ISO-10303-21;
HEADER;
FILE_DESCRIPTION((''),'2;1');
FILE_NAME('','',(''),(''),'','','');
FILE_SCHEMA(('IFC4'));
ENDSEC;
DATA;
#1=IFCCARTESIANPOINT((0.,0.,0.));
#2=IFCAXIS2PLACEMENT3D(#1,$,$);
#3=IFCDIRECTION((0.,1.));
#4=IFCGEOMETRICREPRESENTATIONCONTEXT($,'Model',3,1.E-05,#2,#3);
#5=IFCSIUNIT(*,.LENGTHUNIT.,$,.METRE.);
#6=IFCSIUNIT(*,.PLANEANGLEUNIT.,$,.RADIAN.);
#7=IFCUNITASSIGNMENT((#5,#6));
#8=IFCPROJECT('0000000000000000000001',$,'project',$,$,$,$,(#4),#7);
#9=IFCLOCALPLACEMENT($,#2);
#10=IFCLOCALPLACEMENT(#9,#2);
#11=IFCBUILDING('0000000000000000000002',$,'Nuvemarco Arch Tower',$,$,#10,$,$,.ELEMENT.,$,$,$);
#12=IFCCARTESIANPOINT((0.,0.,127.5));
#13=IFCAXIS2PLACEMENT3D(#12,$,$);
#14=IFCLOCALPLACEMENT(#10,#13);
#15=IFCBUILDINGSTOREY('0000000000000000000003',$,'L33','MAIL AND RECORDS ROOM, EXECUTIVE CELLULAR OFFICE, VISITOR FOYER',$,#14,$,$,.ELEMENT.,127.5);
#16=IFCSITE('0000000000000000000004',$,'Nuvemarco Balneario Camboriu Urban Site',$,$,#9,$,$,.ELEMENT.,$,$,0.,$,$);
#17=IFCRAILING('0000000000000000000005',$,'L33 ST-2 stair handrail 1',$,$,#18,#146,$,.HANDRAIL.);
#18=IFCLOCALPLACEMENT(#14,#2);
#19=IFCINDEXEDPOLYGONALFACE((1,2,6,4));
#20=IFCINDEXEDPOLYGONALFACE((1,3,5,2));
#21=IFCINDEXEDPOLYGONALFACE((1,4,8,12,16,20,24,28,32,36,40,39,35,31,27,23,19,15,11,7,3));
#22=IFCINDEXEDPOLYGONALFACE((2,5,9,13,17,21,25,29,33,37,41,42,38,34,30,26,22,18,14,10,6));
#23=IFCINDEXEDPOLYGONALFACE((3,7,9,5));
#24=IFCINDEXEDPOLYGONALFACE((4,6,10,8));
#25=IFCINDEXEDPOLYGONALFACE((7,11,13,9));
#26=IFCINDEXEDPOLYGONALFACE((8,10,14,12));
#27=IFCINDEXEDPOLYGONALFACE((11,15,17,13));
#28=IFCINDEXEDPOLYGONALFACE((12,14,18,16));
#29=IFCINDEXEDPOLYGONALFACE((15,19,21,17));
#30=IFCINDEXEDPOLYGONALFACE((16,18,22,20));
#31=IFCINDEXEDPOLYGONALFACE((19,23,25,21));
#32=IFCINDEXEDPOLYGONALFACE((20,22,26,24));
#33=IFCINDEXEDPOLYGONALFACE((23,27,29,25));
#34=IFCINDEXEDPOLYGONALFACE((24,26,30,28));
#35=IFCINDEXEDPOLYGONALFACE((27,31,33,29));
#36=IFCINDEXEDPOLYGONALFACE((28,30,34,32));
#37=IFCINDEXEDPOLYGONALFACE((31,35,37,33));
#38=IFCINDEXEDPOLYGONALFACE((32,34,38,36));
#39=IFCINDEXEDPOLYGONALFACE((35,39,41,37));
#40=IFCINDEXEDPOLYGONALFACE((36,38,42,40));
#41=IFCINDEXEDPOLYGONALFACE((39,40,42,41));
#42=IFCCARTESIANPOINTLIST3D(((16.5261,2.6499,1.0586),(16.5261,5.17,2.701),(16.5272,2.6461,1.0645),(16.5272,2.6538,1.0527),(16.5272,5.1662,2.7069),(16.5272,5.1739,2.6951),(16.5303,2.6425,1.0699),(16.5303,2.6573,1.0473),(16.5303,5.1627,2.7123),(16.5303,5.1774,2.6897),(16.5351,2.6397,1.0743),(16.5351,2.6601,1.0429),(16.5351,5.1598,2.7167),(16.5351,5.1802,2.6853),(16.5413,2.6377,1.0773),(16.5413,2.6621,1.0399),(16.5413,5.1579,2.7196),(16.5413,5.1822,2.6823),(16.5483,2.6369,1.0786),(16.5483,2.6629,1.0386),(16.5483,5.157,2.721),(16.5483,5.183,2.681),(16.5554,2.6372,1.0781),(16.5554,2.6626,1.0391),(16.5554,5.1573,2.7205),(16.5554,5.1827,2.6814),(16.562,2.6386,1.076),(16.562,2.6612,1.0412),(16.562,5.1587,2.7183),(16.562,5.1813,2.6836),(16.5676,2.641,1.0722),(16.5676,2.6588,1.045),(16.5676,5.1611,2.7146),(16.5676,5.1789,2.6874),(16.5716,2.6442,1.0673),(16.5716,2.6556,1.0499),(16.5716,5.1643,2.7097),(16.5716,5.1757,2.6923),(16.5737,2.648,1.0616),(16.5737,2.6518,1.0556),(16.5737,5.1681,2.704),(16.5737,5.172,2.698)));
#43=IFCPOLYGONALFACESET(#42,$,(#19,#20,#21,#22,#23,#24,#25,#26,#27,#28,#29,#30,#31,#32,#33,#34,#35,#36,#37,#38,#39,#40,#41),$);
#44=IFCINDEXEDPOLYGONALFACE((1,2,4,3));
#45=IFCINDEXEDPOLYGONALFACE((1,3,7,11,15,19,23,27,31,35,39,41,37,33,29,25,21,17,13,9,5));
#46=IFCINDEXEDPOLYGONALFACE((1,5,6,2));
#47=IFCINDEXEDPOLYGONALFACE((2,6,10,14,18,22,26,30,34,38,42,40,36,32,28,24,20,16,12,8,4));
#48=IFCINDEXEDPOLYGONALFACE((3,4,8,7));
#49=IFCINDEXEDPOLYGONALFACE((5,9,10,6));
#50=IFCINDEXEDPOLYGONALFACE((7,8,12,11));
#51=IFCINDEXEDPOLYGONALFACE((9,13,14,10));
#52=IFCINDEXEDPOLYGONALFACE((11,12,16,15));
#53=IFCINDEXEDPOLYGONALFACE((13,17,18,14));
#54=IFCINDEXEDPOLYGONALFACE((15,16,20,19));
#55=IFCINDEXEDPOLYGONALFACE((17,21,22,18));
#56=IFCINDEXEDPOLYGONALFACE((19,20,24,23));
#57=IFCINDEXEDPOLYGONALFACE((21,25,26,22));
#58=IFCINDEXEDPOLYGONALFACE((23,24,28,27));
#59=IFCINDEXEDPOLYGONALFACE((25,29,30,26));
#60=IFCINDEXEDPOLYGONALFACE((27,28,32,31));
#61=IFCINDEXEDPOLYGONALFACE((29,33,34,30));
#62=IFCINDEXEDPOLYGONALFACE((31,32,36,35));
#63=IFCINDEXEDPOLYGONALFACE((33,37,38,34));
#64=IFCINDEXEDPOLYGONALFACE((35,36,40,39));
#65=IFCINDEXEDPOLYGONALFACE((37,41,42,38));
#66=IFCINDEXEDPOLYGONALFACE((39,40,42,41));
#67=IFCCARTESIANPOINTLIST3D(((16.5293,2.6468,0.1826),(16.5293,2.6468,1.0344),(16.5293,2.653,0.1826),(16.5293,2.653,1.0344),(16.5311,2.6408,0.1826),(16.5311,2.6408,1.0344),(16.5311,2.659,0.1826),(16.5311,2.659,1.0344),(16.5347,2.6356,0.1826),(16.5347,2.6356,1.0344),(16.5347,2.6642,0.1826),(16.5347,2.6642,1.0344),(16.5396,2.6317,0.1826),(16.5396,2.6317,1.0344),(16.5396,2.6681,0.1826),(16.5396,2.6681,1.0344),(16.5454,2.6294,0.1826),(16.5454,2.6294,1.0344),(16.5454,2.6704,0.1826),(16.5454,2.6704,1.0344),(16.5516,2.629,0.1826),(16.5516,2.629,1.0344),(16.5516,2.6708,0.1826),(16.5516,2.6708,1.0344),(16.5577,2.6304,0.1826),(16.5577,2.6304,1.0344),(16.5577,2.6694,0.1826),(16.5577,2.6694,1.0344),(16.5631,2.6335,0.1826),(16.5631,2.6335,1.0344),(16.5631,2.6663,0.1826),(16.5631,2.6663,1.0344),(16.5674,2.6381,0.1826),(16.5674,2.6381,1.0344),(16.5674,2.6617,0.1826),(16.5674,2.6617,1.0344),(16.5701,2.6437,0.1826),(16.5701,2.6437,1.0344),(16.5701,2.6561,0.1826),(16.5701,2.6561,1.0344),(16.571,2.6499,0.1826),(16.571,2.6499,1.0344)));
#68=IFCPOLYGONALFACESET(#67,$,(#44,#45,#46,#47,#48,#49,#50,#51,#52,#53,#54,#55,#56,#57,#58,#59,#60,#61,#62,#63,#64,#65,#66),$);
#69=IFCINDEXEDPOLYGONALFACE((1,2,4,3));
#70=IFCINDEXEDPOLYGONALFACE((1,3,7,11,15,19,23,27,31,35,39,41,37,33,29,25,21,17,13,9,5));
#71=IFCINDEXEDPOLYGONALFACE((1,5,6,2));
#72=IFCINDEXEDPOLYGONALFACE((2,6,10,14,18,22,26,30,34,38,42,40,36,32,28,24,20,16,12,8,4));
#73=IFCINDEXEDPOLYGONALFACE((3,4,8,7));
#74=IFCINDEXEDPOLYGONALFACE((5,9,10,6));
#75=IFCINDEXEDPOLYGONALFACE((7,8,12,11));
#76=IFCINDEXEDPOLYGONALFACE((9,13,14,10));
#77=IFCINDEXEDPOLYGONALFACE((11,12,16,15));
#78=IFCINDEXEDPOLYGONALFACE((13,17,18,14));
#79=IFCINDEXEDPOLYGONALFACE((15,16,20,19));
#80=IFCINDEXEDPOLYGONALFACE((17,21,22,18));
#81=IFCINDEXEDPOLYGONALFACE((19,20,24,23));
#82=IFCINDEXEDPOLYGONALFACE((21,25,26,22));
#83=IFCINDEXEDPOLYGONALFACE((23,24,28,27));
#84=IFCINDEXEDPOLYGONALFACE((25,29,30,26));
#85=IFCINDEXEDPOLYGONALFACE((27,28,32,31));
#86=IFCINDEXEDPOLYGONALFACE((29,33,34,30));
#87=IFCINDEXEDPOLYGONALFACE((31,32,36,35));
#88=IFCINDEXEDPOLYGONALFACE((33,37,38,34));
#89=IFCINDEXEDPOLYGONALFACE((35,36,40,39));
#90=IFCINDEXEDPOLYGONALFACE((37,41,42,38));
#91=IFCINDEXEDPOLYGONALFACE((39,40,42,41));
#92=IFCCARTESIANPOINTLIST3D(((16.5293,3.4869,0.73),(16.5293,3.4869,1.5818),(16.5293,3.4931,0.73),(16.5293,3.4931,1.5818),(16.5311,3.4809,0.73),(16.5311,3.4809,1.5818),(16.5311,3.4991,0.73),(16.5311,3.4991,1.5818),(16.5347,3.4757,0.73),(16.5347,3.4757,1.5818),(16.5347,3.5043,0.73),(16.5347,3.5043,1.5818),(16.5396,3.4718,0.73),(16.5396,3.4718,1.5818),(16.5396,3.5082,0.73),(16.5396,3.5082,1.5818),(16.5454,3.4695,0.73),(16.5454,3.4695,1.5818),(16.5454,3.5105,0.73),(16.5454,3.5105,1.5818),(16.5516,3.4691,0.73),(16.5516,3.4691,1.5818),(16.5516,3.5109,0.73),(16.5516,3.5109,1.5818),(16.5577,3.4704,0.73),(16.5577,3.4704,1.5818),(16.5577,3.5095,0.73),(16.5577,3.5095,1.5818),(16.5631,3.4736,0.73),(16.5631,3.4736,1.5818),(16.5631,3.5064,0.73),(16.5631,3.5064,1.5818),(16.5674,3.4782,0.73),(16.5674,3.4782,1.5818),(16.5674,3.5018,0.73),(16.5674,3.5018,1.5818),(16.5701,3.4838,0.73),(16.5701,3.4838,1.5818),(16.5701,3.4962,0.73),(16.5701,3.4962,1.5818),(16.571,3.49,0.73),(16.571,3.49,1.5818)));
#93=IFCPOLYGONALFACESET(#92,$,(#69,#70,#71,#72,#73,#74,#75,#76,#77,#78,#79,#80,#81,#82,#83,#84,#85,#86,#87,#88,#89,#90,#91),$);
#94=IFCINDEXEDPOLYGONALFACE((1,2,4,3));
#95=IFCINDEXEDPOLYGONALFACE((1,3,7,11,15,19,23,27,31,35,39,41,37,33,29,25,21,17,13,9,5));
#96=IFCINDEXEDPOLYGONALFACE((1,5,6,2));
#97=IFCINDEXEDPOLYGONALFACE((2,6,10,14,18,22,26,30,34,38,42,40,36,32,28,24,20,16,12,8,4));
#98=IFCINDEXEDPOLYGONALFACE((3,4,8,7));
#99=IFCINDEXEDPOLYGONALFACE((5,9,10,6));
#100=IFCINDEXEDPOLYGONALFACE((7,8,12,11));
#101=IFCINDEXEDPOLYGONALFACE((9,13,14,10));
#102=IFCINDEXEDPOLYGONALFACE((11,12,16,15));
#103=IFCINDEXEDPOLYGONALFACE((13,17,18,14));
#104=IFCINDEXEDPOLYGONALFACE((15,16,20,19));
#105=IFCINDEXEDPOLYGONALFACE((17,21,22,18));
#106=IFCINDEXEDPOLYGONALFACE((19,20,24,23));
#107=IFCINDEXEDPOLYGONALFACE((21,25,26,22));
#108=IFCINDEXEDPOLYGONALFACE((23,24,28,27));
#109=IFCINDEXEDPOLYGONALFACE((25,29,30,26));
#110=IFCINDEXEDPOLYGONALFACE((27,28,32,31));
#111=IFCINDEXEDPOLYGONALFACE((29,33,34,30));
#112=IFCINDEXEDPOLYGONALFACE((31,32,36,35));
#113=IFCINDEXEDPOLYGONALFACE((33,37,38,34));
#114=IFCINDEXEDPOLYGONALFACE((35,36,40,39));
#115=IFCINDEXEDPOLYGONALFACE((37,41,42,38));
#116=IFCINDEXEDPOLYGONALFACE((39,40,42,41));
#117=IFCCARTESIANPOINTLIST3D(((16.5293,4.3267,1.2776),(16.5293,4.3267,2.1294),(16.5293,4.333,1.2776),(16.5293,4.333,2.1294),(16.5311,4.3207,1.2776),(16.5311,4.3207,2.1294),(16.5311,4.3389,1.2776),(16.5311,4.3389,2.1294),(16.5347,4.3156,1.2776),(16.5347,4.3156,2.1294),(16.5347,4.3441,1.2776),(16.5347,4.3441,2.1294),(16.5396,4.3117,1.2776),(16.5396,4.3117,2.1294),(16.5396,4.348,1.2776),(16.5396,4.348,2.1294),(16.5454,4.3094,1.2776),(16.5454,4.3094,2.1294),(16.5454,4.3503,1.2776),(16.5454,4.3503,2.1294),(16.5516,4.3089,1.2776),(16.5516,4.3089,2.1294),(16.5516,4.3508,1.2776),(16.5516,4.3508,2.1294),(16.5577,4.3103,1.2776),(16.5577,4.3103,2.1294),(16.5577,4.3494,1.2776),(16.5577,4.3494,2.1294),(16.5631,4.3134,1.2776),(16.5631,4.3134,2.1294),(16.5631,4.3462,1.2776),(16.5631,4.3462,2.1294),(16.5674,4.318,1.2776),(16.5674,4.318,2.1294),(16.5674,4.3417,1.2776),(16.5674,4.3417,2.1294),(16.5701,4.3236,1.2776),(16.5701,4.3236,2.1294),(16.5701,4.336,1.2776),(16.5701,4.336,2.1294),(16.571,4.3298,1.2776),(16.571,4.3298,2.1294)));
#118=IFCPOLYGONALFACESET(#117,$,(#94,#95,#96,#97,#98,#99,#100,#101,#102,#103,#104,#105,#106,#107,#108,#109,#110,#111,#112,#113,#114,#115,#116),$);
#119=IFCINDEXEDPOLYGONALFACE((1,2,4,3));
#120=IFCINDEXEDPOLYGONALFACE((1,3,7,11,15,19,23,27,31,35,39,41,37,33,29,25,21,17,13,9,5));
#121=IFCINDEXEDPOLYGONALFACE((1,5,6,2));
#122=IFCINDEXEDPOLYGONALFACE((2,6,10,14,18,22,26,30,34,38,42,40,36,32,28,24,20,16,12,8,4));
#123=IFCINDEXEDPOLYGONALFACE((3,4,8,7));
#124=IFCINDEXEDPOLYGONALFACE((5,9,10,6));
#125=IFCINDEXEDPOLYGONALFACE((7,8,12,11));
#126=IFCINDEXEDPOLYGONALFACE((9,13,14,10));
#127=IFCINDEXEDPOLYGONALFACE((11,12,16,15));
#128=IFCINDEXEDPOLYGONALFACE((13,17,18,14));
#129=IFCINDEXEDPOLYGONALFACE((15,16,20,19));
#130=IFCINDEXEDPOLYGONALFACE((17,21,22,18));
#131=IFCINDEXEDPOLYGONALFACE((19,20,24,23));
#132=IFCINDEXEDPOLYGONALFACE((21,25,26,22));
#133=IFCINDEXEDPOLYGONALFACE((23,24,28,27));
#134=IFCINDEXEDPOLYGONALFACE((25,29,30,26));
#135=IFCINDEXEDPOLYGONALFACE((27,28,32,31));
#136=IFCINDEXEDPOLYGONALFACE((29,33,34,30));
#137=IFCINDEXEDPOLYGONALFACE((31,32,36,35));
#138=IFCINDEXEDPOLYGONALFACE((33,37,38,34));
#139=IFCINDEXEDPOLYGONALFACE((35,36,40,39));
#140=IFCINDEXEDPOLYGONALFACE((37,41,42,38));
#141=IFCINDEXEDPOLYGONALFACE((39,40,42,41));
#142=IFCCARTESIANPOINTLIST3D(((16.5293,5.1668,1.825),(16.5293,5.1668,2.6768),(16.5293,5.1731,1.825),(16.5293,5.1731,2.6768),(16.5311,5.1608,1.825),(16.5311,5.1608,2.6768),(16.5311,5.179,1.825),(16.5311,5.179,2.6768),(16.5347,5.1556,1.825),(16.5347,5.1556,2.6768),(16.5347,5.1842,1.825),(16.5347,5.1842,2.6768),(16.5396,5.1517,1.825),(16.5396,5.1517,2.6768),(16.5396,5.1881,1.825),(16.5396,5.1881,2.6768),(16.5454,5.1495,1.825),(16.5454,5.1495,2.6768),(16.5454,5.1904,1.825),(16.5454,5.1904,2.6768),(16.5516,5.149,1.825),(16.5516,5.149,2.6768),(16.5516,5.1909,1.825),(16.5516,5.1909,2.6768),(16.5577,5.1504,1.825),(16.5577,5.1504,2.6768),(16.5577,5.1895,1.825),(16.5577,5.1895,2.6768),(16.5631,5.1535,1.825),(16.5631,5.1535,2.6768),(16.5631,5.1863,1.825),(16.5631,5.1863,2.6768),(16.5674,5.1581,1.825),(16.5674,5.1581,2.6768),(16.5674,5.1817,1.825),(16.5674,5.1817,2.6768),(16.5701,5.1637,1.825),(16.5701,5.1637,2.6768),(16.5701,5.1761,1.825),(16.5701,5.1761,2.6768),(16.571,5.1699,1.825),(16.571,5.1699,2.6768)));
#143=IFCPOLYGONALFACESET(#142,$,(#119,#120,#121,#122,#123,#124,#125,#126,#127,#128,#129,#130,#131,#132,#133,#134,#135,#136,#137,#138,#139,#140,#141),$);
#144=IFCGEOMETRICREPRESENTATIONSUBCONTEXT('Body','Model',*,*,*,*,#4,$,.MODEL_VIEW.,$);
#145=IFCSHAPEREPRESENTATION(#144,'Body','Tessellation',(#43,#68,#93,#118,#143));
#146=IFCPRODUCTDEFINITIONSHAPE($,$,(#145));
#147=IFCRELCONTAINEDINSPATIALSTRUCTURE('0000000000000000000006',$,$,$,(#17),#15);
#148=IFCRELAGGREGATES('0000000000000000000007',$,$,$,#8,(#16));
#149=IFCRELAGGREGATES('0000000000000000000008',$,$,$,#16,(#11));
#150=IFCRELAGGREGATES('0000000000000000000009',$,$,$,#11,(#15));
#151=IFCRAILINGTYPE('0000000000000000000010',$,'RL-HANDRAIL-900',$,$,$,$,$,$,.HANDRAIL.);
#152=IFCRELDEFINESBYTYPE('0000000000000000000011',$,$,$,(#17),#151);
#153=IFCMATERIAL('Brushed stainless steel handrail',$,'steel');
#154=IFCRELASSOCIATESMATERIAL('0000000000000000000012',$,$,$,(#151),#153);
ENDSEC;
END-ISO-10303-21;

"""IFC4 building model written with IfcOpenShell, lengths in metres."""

from ifc_helpers import new_model, si_unit, direction, frame, origin, origin_2d, place, context, subcontext, project, spatial, circle, extrude, material, type_object, element, save


model = new_model("IFC4")

# Units and contexts
model_context = context("Model", 3, precision=1e-05, world=origin(), true_north=direction((0.0, 1.0)))
body_context = subcontext(model_context, "Body", "Model", "MODEL_VIEW")
ifc_project = project(units=[si_unit("LENGTHUNIT", "METRE"), si_unit("PLANEANGLEUNIT", "RADIAN")], contexts=[model_context])

# Site, building, storey
site_placement = place(None, origin())
site = spatial("IfcSite", under=ifc_project, at=site_placement, Name="Nuvemarco Balneario Camboriu Urban Site", CompositionType="ELEMENT", RefElevation=0.0)
building_placement = place(site_placement, origin())
building = spatial("IfcBuilding", under=site, at=building_placement, Name="Nuvemarco Arch Tower", CompositionType="ELEMENT")
storey_placement = place(building_placement, frame((0.0, 0.0, 127.5)))
storey = spatial("IfcBuildingStorey", under=building, at=storey_placement, Name="L33", Description="MAIL AND RECORDS ROOM, EXECUTIVE CELLULAR OFFICE, VISITOR FOYER", CompositionType="ELEMENT", Elevation=127.5)

# Railing
ifc_material_1 = material(Name="Brushed stainless steel handrail", Category="steel")
railing_type_1 = type_object("IfcRailingType", Name="RL-HANDRAIL-900", PredefinedType="HANDRAIL", material=ifc_material_1)
railing_1_placement = place(storey_placement, frame((16.55, 2.6499, 0.1826)))
element("IfcRailing", 1, at=railing_1_placement, inside=storey, type_object=railing_type_1, Name="L33 ST-2 stair handrail 1", PredefinedType="HANDRAIL", context=body_context, shape_type="SweptSolid", body=[
    extrude(circle(Radius=0.0239, at=origin_2d()), frame((0.0, 0.0, 0.876), z_axis=(0.0, 0.837787, 0.545998), x_axis=(-1.0, 0.0, 0.0)), (0.0, 0.0, 1.0), 3.0081),
    extrude(circle(Radius=0.021, at=origin_2d()), origin(), (0.0, 0.0, 1.0), 0.8518),
    extrude(circle(Radius=0.021, at=origin_2d()), frame((0.0, 0.8401, 0.5474)), (0.0, 0.0, 1.0), 0.8518),
    extrude(circle(Radius=0.021, at=origin_2d()), frame((0.0, 1.6799, 1.095)), (0.0, 0.0, 1.0), 0.8518),
    extrude(circle(Radius=0.021, at=origin_2d()), frame((0.0, 2.52, 1.6423)), (0.0, 0.0, 1.0), 0.8518),
])

save(model, "model.ifc")
